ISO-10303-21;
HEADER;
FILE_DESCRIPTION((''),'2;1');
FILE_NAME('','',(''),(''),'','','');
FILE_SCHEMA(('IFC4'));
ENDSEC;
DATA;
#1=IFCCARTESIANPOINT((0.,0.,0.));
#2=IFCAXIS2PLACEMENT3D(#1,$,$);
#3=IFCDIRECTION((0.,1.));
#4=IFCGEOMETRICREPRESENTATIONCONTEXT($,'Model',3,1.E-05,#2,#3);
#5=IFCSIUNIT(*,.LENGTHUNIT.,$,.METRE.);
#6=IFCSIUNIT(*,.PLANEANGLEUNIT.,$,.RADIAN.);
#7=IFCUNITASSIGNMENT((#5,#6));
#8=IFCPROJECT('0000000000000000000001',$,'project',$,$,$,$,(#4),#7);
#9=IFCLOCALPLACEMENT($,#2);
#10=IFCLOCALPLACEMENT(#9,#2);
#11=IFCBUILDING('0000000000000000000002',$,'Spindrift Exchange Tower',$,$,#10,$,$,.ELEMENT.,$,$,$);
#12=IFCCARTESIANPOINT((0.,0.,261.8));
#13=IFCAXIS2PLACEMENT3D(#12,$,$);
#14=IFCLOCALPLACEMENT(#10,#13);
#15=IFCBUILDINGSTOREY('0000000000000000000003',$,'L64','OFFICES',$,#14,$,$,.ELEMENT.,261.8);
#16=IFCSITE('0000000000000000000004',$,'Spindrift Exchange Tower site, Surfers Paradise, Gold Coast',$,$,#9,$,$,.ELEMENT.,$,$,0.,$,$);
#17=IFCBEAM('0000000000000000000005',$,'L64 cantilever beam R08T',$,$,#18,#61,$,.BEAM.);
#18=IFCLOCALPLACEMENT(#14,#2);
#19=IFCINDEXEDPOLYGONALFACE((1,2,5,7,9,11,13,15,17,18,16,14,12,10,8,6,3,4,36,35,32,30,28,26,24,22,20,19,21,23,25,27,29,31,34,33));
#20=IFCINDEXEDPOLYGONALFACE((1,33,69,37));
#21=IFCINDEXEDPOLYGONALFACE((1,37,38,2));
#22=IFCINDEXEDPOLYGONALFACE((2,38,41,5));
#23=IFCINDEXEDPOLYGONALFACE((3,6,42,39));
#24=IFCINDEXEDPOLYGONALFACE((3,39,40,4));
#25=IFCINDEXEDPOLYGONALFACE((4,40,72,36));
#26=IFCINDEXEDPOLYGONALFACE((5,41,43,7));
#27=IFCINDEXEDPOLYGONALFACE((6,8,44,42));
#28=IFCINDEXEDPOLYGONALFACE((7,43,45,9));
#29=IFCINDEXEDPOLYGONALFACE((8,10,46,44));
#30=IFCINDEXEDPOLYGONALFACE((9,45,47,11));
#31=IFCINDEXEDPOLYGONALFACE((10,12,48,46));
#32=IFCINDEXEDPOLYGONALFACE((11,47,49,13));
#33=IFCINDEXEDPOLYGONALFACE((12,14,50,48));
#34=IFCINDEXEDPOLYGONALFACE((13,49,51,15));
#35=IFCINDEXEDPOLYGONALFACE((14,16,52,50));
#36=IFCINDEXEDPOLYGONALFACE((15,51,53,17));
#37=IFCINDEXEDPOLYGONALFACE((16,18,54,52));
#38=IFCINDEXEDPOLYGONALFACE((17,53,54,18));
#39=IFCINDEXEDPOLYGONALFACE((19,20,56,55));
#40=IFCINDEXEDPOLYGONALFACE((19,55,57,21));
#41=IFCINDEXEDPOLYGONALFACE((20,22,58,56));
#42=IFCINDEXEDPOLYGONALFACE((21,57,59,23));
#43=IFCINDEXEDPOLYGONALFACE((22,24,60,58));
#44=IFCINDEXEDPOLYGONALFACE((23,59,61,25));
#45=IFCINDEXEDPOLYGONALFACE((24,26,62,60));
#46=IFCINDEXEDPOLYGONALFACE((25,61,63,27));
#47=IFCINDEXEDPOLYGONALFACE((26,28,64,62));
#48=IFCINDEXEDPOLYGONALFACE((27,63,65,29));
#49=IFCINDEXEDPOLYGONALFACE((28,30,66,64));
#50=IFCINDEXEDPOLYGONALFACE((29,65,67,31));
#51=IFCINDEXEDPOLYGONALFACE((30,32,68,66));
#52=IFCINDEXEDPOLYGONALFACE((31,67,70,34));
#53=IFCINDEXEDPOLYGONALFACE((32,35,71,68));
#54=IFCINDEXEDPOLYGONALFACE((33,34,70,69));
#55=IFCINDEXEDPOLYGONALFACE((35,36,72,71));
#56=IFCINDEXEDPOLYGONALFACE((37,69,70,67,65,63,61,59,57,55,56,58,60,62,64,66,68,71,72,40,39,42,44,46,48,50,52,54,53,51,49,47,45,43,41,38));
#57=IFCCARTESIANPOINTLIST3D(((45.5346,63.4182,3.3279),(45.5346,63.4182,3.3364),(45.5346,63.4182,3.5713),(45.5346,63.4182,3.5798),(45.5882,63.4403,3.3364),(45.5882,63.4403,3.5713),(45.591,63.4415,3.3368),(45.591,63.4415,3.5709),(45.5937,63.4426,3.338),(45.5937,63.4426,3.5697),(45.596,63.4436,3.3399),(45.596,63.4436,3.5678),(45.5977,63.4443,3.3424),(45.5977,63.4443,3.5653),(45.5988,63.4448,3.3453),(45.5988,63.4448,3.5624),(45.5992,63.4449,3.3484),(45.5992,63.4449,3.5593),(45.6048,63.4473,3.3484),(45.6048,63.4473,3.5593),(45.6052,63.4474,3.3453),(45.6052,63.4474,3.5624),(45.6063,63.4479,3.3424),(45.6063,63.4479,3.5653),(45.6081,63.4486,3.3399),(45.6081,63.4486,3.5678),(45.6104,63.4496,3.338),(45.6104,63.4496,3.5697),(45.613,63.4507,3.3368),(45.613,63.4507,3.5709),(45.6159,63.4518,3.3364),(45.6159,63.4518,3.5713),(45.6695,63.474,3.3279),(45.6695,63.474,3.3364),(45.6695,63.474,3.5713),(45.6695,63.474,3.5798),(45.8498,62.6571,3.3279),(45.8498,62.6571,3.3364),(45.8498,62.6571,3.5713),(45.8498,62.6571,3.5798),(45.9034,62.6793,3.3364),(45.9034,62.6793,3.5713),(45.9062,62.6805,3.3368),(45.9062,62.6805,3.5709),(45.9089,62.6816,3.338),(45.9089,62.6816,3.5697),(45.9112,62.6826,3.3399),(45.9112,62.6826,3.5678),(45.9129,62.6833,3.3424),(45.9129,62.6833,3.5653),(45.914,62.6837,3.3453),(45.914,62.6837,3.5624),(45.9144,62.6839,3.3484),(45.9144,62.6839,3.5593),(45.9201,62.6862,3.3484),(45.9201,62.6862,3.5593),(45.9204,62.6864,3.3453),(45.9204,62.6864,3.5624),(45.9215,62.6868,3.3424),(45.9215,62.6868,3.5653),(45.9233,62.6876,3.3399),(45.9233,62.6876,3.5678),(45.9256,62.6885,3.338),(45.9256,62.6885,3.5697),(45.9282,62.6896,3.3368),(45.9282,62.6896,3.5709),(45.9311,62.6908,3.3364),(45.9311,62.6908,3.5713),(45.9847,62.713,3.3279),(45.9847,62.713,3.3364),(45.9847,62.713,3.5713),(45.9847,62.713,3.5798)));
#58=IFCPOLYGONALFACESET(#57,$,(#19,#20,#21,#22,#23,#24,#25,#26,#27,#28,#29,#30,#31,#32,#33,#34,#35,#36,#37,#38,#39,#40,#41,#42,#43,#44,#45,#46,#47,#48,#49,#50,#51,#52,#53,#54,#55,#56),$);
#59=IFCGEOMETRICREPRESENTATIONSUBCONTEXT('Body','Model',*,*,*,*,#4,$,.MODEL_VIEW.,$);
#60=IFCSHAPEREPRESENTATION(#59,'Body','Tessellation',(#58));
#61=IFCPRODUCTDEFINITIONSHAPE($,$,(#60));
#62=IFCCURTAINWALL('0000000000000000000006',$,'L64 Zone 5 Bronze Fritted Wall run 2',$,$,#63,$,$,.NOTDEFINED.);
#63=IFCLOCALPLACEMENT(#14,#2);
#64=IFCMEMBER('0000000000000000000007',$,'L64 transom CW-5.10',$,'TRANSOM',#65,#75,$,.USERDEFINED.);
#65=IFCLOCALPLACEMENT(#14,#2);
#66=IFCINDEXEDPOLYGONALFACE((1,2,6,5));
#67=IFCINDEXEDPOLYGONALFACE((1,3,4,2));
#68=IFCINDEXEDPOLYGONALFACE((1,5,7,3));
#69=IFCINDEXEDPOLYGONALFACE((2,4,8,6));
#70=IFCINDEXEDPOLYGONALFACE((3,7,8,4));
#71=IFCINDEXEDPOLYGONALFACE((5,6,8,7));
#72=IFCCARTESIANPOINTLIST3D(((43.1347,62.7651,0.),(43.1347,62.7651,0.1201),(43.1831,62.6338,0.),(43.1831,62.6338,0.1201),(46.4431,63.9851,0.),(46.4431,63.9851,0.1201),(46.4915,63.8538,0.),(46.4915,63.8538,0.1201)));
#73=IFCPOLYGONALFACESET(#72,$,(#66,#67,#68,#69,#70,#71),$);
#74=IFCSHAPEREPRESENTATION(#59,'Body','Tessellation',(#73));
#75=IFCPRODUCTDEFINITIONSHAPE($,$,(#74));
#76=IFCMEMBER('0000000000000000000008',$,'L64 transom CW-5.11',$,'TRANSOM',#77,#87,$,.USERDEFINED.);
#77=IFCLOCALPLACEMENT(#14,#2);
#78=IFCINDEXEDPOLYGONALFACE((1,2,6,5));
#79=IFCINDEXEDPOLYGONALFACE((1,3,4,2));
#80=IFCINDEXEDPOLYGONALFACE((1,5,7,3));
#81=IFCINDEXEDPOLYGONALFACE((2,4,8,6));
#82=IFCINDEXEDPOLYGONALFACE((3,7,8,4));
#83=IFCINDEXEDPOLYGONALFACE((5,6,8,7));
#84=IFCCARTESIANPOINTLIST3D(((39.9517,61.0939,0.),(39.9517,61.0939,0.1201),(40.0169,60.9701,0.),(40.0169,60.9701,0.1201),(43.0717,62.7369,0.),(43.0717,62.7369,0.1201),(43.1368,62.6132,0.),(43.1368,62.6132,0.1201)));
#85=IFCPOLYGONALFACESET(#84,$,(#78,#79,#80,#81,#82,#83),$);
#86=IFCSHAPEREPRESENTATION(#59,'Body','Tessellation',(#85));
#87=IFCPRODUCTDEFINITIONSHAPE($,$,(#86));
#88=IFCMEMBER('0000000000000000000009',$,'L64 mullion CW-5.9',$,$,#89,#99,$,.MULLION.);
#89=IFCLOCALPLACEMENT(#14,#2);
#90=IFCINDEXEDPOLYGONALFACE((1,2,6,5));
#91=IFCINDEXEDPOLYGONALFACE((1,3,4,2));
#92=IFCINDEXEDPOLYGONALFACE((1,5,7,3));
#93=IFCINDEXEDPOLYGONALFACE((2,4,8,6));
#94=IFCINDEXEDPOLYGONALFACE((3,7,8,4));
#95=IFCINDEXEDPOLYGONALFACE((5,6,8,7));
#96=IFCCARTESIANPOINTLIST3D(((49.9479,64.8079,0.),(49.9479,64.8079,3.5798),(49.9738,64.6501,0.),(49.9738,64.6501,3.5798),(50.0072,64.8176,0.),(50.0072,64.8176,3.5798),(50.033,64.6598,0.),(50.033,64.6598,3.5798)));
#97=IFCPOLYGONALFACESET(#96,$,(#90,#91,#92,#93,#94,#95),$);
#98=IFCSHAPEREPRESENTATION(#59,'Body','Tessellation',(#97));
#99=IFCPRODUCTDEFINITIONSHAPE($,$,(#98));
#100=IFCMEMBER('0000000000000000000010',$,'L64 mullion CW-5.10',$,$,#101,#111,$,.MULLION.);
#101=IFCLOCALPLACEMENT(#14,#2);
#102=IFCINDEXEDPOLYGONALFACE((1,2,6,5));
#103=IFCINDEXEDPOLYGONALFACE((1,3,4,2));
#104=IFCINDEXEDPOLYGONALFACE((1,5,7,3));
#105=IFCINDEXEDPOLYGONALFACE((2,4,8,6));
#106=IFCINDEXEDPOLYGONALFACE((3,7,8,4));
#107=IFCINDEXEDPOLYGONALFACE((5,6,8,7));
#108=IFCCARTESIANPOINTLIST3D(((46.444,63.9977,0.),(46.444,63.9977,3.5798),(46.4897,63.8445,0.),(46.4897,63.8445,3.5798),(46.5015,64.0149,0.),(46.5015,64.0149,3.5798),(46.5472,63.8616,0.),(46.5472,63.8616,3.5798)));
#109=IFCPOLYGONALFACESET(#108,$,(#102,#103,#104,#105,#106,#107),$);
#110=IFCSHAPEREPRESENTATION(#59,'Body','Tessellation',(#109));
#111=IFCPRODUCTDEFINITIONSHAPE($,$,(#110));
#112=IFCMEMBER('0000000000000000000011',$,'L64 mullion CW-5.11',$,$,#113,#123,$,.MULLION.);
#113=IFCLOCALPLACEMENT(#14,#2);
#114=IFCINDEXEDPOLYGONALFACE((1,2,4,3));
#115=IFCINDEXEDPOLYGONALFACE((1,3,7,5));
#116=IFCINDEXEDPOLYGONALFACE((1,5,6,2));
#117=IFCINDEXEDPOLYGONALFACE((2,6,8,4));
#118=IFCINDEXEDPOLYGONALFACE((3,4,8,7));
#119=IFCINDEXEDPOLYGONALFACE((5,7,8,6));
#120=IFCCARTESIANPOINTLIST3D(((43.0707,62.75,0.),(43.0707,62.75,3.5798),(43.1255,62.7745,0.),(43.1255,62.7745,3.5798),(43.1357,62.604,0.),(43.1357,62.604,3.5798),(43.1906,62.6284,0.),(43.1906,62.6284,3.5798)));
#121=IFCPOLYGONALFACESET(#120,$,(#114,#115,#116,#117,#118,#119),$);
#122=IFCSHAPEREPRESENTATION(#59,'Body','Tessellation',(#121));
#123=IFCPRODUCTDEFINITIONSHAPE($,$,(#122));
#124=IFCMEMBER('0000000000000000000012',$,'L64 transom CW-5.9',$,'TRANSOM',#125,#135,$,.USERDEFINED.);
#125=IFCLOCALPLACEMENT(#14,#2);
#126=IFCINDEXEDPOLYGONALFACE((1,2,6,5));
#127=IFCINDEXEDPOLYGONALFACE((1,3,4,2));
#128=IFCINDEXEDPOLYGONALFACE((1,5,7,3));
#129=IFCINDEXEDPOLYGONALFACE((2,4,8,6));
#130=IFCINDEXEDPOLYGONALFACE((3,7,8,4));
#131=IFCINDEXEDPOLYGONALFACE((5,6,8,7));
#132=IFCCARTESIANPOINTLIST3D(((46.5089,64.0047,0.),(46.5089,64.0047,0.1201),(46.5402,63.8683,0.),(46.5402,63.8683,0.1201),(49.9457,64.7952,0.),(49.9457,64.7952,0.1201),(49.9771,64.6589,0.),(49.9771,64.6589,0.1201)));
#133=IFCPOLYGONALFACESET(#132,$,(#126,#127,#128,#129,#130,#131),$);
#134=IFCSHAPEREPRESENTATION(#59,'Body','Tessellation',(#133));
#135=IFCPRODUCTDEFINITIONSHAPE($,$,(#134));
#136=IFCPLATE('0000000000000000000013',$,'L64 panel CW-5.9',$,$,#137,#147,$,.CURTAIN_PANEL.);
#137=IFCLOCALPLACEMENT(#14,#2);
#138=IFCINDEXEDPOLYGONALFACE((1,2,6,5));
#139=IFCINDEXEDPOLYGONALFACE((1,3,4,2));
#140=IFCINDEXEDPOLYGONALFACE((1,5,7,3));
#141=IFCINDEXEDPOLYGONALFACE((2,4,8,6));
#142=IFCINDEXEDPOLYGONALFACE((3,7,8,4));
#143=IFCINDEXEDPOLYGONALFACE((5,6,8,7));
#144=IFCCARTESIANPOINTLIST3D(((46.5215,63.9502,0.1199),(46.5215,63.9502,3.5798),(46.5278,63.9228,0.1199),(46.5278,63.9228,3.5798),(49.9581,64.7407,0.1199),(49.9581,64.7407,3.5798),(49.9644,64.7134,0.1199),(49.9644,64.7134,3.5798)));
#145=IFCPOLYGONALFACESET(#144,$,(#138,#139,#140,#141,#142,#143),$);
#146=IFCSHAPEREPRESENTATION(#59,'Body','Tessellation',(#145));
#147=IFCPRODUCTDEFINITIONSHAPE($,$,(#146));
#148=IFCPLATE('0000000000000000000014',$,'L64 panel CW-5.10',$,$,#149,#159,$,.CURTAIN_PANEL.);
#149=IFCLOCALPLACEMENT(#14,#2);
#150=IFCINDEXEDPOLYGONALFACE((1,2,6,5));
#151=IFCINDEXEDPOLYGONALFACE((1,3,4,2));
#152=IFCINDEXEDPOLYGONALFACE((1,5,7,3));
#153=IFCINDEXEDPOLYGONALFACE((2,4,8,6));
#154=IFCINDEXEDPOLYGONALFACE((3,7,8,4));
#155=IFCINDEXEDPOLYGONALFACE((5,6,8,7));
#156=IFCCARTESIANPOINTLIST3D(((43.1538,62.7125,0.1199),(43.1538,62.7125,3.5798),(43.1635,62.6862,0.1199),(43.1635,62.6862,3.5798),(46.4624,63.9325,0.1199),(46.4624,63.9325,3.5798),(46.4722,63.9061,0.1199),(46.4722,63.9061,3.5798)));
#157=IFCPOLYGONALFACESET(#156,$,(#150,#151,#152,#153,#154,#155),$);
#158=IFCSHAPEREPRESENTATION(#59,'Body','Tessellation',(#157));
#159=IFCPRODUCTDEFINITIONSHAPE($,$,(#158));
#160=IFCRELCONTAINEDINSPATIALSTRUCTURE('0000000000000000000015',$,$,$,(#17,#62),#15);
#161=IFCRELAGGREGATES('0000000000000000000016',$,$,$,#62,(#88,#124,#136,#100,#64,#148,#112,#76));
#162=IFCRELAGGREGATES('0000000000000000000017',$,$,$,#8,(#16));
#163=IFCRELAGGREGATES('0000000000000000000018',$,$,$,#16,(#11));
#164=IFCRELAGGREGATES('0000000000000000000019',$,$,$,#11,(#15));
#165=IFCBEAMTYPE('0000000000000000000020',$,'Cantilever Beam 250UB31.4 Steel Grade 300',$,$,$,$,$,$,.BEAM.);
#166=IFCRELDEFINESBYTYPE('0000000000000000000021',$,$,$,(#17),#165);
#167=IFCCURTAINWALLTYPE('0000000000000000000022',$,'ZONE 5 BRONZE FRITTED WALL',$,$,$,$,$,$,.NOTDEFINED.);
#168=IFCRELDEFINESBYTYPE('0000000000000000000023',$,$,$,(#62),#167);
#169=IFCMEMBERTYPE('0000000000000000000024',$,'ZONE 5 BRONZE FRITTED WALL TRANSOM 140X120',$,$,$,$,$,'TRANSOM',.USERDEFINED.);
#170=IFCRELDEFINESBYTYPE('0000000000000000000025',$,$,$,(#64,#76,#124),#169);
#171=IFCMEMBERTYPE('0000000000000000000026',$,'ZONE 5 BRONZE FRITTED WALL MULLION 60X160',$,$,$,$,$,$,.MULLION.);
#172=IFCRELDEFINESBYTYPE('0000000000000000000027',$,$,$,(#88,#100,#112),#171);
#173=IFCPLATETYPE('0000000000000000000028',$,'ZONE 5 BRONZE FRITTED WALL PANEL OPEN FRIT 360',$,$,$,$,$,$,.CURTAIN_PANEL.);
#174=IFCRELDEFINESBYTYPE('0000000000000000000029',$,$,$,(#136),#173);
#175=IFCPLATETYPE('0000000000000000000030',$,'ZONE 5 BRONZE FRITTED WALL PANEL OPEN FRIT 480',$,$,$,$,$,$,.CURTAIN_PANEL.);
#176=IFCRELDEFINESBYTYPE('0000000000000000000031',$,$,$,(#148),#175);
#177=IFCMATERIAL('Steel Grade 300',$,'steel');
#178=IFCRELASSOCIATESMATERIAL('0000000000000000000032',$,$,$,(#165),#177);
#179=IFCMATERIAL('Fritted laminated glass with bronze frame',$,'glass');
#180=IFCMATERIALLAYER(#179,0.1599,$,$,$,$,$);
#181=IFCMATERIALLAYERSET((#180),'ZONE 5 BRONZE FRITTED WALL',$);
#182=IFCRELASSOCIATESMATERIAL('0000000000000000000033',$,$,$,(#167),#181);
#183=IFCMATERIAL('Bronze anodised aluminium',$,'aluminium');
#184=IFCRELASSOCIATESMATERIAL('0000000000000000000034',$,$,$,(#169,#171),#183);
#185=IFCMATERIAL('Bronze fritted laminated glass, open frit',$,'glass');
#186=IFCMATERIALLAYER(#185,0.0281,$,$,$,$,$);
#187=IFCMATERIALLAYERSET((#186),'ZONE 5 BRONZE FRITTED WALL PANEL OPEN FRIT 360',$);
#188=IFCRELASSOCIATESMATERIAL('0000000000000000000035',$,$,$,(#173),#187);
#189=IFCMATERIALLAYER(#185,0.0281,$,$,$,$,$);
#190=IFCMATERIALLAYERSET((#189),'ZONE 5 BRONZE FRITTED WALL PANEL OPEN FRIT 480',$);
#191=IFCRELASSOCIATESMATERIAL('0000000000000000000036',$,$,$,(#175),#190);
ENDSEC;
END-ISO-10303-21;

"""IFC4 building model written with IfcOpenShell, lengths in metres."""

from ifc_helpers import new_model, si_unit, direction, frame, origin, origin_2d, place, context, subcontext, project, spatial, rectangle, i_section, extrude, source, transform, mapped, material, layer, layer_set, material_profile, profile_set, type_object, element, aggregate, save


model = new_model("IFC4")

# Units and contexts
model_context = context("Model", 3, precision=1e-05, world=origin(), true_north=direction((0.0, 1.0)))
body_context = subcontext(model_context, "Body", "Model", "MODEL_VIEW")
ifc_project = project(units=[si_unit("LENGTHUNIT", "METRE"), si_unit("PLANEANGLEUNIT", "RADIAN")], contexts=[model_context])

# Site, building, storey
site_placement = place(None, origin())
site = spatial("IfcSite", under=ifc_project, at=site_placement, Name="Spindrift Exchange Tower site, Surfers Paradise, Gold Coast", CompositionType="ELEMENT", RefElevation=0.0)
building_placement = place(site_placement, origin())
building = spatial("IfcBuilding", under=site, at=building_placement, Name="Spindrift Exchange Tower", CompositionType="ELEMENT")
storey_placement = place(building_placement, frame((0.0, 0.0, 261.8)))
storey = spatial("IfcBuildingStorey", under=building, at=storey_placement, Name="L64", Description="OFFICES", CompositionType="ELEMENT", Elevation=261.8)

# Beam
ifc_material_1 = material(Name="Steel Grade 300", Category="steel")
ifc_material_profile_1 = material_profile(ifc_material_1, i_section(OverallWidth=0.146, OverallDepth=0.252, WebThickness=0.0061, FlangeThickness=0.0085, FilletRadius=0.012, at=origin_2d()), Name="250UB31.4")
ifc_profile_set_1 = profile_set([ifc_material_profile_1], Name="Steel Grade 300")
beam_type_1 = type_object("IfcBeamType", Name="Cantilever Beam 250UB31.4 Steel Grade 300", PredefinedType="BEAM", material=ifc_profile_set_1)
shared_shape_1 = source(origin(), body_context, "Body", "SweptSolid", [
    extrude(i_section(OverallWidth=0.146, OverallDepth=0.252, WebThickness=0.0061, FlangeThickness=0.0085, FilletRadius=0.012, at=origin_2d()), origin(), (0.0, 0.0, 1.0), 0.8237),
])
beam_1_placement = place(storey_placement, frame((45.9172, 62.6851, 3.4539), z_axis=(-0.382657, 0.92389, 0.0), x_axis=(-0.92389, -0.382657, 0.0)))
element("IfcBeam", 1, at=beam_1_placement, inside=storey, type_object=beam_type_1, Name="L64 cantilever beam R08T", PredefinedType="BEAM", context=body_context, shape_type="MappedRepresentation", body=[
    mapped(shared_shape_1, transform((0.0, 0.0, 0.0), scale=1.0)),
])

# Curtain wall, members, plates
ifc_material_2 = material(Name="Fritted laminated glass with bronze frame", Category="glass")
ifc_layer_1 = layer(ifc_material_2, 0.1599)
ifc_layer_set_1 = layer_set([ifc_layer_1], Name="ZONE 5 BRONZE FRITTED WALL")
curtain_wall_type = type_object("IfcCurtainWallType", Name="ZONE 5 BRONZE FRITTED WALL", PredefinedType="NOTDEFINED", material=ifc_layer_set_1)
curtain_wall_placement = place(storey_placement, origin())
curtain_wall = element("IfcCurtainWall", 2, at=curtain_wall_placement, inside=storey, type_object=curtain_wall_type, Name="L64 Zone 5 Bronze Fritted Wall run 2", PredefinedType="NOTDEFINED")
ifc_material_3 = material(Name="Bronze anodised aluminium", Category="aluminium")
ifc_material_profile_2 = material_profile(ifc_material_3, rectangle(XDim=0.1399, YDim=0.1201, at=origin_2d()), Name="ZONE 5 BRONZE FRITTED WALL TRANSOM 140X120")
ifc_profile_set_2 = profile_set([ifc_material_profile_2], Name="Bronze anodised aluminium")
member_type_1 = type_object("IfcMemberType", Name="ZONE 5 BRONZE FRITTED WALL TRANSOM 140X120", ElementType="TRANSOM", PredefinedType="USERDEFINED", material=ifc_profile_set_2)
shared_shape_2 = source(origin(), body_context, "Body", "SweptSolid", [
    extrude(rectangle(XDim=0.1399, YDim=0.1201, at=origin_2d()), origin(), (0.0, 0.0, 1.0), 3.5261),
])
member_1_placement = place(storey_placement, frame((46.4673, 63.9194, 0.0601), z_axis=(-0.938241, -0.345981, 0.0), x_axis=(0.345981, -0.938241, 0.0)))
member_1 = element("IfcMember", 3, at=member_1_placement, type_object=member_type_1, Name="L64 transom CW-5.10", ObjectType="TRANSOM", PredefinedType="USERDEFINED", context=body_context, shape_type="MappedRepresentation", body=[
    mapped(shared_shape_2, transform((0.0, 0.0, 0.0), scale=1.0)),
])
member_2_placement = place(storey_placement, frame((43.1042, 62.675, 0.0601), z_axis=(-0.884798, -0.465975, 0.0), x_axis=(0.465975, -0.884798, 0.0)))
member_2 = element("IfcMember", 4, at=member_2_placement, type_object=member_type_1, Name="L64 transom CW-5.11", ObjectType="TRANSOM", PredefinedType="USERDEFINED", context=body_context, shape_type="MappedRepresentation", body=[
    mapped(shared_shape_2, transform((0.0, 0.0, 0.0), scale=1.0)),
])
ifc_material_profile_3 = material_profile(ifc_material_3, rectangle(XDim=0.0601, YDim=0.1599, at=origin_2d()), Name="ZONE 5 BRONZE FRITTED WALL MULLION 60X160")
ifc_profile_set_3 = profile_set([ifc_material_profile_3], Name="Bronze anodised aluminium")
member_type_2 = type_object("IfcMemberType", Name="ZONE 5 BRONZE FRITTED WALL MULLION 60X160", PredefinedType="MULLION", material=ifc_profile_set_3)
shared_shape_3 = source(origin(), body_context, "Body", "SweptSolid", [
    extrude(rectangle(XDim=0.0601, YDim=0.1599, at=origin_2d()), origin(), (0.0, 0.0, 1.0), 3.5798),
])
member_3_placement = place(storey_placement, frame((49.9905, 64.7339, 0.0), z_axis=(0.0, 0.0, 1.0), x_axis=(-0.986823, -0.161801, 0.0)))
member_3 = element("IfcMember", 5, at=member_3_placement, type_object=member_type_2, Name="L64 mullion CW-5.9", PredefinedType="MULLION", context=body_context, shape_type="MappedRepresentation", body=[
    mapped(shared_shape_3, transform((0.0, 0.0, 0.0), scale=1.0)),
])
member_4_placement = place(storey_placement, frame((46.4956, 63.9297, 0.0), z_axis=(0.0, 0.0, 1.0), x_axis=(-0.958335, -0.285648, 0.0)))
member_4 = element("IfcMember", 6, at=member_4_placement, type_object=member_type_2, Name="L64 mullion CW-5.10", PredefinedType="MULLION", context=body_context, shape_type="MappedRepresentation", body=[
    mapped(shared_shape_3, transform((0.0, 0.0, 0.0), scale=1.0)),
])
member_5_placement = place(storey_placement, frame((43.1306, 62.6892, 0.0), z_axis=(0.0, 0.0, 1.0), x_axis=(-0.913496, -0.406847, 0.0)))
member_5 = element("IfcMember", 7, at=member_5_placement, type_object=member_type_2, Name="L64 mullion CW-5.11", PredefinedType="MULLION", context=body_context, shape_type="MappedRepresentation", body=[
    mapped(shared_shape_3, transform((0.0, 0.0, 0.0), scale=1.0)),
])
shared_shape_4 = source(origin(), body_context, "Body", "SweptSolid", [
    extrude(rectangle(XDim=0.1399, YDim=0.1201, at=origin_2d()), origin(), (0.0, 0.0, 1.0), 3.5266),
])
member_6_placement = place(storey_placement, frame((49.9614, 64.7271, 0.0601), z_axis=(-0.974551, -0.224167, 0.0), x_axis=(0.224167, -0.974551, 0.0)))
member_6 = element("IfcMember", 8, at=member_6_placement, type_object=member_type_1, Name="L64 transom CW-5.9", ObjectType="TRANSOM", PredefinedType="USERDEFINED", context=body_context, shape_type="MappedRepresentation", body=[
    mapped(shared_shape_4, transform((0.0, 0.0, 0.0), scale=1.0)),
])
ifc_material_4 = material(Name="Bronze fritted laminated glass, open frit", Category="glass")
ifc_layer_2 = layer(ifc_material_4, 0.0281)
ifc_layer_set_2 = layer_set([ifc_layer_2], Name="ZONE 5 BRONZE FRITTED WALL PANEL OPEN FRIT 360")
plate_type_1 = type_object("IfcPlateType", Name="ZONE 5 BRONZE FRITTED WALL PANEL OPEN FRIT 360", PredefinedType="CURTAIN_PANEL", material=ifc_layer_set_2)
shared_shape_5 = source(origin(), body_context, "Body", "SweptSolid", [
    extrude(rectangle(XDim=3.5264, YDim=0.0281, at=origin_2d()), origin(), (0.0, 0.0, 1.0), 3.46),
])
plate_1_placement = place(storey_placement, frame((48.2429, 64.3318, 0.1199), z_axis=(0.0, 0.0, 1.0), x_axis=(-0.974548, -0.224181, 0.0)))
plate_1 = element("IfcPlate", 9, at=plate_1_placement, type_object=plate_type_1, Name="L64 panel CW-5.9", PredefinedType="CURTAIN_PANEL", context=body_context, shape_type="MappedRepresentation", body=[
    mapped(shared_shape_5, transform((0.0, 0.0, 0.0), scale=1.0)),
])
ifc_layer_3 = layer(ifc_material_4, 0.0281)
ifc_layer_set_3 = layer_set([ifc_layer_3], Name="ZONE 5 BRONZE FRITTED WALL PANEL OPEN FRIT 480")
plate_type_2 = type_object("IfcPlateType", Name="ZONE 5 BRONZE FRITTED WALL PANEL OPEN FRIT 480", PredefinedType="CURTAIN_PANEL", material=ifc_layer_set_3)
shared_shape_6 = source(origin(), body_context, "Body", "SweptSolid", [
    extrude(rectangle(XDim=3.5264, YDim=0.0281, at=origin_2d()), origin(), (0.0, 0.0, 1.0), 3.46),
])
plate_2_placement = place(storey_placement, frame((44.813, 63.3093, 0.1199), z_axis=(0.0, 0.0, 1.0), x_axis=(-0.938249, -0.34596, 0.0)))
plate_2 = element("IfcPlate", 10, at=plate_2_placement, type_object=plate_type_2, Name="L64 panel CW-5.10", PredefinedType="CURTAIN_PANEL", context=body_context, shape_type="MappedRepresentation", body=[
    mapped(shared_shape_6, transform((0.0, 0.0, 0.0), scale=1.0)),
])
aggregate(curtain_wall, [member_3, member_6, plate_1, member_4, member_1, plate_2, member_5, member_2])

save(model, "model.ifc")
